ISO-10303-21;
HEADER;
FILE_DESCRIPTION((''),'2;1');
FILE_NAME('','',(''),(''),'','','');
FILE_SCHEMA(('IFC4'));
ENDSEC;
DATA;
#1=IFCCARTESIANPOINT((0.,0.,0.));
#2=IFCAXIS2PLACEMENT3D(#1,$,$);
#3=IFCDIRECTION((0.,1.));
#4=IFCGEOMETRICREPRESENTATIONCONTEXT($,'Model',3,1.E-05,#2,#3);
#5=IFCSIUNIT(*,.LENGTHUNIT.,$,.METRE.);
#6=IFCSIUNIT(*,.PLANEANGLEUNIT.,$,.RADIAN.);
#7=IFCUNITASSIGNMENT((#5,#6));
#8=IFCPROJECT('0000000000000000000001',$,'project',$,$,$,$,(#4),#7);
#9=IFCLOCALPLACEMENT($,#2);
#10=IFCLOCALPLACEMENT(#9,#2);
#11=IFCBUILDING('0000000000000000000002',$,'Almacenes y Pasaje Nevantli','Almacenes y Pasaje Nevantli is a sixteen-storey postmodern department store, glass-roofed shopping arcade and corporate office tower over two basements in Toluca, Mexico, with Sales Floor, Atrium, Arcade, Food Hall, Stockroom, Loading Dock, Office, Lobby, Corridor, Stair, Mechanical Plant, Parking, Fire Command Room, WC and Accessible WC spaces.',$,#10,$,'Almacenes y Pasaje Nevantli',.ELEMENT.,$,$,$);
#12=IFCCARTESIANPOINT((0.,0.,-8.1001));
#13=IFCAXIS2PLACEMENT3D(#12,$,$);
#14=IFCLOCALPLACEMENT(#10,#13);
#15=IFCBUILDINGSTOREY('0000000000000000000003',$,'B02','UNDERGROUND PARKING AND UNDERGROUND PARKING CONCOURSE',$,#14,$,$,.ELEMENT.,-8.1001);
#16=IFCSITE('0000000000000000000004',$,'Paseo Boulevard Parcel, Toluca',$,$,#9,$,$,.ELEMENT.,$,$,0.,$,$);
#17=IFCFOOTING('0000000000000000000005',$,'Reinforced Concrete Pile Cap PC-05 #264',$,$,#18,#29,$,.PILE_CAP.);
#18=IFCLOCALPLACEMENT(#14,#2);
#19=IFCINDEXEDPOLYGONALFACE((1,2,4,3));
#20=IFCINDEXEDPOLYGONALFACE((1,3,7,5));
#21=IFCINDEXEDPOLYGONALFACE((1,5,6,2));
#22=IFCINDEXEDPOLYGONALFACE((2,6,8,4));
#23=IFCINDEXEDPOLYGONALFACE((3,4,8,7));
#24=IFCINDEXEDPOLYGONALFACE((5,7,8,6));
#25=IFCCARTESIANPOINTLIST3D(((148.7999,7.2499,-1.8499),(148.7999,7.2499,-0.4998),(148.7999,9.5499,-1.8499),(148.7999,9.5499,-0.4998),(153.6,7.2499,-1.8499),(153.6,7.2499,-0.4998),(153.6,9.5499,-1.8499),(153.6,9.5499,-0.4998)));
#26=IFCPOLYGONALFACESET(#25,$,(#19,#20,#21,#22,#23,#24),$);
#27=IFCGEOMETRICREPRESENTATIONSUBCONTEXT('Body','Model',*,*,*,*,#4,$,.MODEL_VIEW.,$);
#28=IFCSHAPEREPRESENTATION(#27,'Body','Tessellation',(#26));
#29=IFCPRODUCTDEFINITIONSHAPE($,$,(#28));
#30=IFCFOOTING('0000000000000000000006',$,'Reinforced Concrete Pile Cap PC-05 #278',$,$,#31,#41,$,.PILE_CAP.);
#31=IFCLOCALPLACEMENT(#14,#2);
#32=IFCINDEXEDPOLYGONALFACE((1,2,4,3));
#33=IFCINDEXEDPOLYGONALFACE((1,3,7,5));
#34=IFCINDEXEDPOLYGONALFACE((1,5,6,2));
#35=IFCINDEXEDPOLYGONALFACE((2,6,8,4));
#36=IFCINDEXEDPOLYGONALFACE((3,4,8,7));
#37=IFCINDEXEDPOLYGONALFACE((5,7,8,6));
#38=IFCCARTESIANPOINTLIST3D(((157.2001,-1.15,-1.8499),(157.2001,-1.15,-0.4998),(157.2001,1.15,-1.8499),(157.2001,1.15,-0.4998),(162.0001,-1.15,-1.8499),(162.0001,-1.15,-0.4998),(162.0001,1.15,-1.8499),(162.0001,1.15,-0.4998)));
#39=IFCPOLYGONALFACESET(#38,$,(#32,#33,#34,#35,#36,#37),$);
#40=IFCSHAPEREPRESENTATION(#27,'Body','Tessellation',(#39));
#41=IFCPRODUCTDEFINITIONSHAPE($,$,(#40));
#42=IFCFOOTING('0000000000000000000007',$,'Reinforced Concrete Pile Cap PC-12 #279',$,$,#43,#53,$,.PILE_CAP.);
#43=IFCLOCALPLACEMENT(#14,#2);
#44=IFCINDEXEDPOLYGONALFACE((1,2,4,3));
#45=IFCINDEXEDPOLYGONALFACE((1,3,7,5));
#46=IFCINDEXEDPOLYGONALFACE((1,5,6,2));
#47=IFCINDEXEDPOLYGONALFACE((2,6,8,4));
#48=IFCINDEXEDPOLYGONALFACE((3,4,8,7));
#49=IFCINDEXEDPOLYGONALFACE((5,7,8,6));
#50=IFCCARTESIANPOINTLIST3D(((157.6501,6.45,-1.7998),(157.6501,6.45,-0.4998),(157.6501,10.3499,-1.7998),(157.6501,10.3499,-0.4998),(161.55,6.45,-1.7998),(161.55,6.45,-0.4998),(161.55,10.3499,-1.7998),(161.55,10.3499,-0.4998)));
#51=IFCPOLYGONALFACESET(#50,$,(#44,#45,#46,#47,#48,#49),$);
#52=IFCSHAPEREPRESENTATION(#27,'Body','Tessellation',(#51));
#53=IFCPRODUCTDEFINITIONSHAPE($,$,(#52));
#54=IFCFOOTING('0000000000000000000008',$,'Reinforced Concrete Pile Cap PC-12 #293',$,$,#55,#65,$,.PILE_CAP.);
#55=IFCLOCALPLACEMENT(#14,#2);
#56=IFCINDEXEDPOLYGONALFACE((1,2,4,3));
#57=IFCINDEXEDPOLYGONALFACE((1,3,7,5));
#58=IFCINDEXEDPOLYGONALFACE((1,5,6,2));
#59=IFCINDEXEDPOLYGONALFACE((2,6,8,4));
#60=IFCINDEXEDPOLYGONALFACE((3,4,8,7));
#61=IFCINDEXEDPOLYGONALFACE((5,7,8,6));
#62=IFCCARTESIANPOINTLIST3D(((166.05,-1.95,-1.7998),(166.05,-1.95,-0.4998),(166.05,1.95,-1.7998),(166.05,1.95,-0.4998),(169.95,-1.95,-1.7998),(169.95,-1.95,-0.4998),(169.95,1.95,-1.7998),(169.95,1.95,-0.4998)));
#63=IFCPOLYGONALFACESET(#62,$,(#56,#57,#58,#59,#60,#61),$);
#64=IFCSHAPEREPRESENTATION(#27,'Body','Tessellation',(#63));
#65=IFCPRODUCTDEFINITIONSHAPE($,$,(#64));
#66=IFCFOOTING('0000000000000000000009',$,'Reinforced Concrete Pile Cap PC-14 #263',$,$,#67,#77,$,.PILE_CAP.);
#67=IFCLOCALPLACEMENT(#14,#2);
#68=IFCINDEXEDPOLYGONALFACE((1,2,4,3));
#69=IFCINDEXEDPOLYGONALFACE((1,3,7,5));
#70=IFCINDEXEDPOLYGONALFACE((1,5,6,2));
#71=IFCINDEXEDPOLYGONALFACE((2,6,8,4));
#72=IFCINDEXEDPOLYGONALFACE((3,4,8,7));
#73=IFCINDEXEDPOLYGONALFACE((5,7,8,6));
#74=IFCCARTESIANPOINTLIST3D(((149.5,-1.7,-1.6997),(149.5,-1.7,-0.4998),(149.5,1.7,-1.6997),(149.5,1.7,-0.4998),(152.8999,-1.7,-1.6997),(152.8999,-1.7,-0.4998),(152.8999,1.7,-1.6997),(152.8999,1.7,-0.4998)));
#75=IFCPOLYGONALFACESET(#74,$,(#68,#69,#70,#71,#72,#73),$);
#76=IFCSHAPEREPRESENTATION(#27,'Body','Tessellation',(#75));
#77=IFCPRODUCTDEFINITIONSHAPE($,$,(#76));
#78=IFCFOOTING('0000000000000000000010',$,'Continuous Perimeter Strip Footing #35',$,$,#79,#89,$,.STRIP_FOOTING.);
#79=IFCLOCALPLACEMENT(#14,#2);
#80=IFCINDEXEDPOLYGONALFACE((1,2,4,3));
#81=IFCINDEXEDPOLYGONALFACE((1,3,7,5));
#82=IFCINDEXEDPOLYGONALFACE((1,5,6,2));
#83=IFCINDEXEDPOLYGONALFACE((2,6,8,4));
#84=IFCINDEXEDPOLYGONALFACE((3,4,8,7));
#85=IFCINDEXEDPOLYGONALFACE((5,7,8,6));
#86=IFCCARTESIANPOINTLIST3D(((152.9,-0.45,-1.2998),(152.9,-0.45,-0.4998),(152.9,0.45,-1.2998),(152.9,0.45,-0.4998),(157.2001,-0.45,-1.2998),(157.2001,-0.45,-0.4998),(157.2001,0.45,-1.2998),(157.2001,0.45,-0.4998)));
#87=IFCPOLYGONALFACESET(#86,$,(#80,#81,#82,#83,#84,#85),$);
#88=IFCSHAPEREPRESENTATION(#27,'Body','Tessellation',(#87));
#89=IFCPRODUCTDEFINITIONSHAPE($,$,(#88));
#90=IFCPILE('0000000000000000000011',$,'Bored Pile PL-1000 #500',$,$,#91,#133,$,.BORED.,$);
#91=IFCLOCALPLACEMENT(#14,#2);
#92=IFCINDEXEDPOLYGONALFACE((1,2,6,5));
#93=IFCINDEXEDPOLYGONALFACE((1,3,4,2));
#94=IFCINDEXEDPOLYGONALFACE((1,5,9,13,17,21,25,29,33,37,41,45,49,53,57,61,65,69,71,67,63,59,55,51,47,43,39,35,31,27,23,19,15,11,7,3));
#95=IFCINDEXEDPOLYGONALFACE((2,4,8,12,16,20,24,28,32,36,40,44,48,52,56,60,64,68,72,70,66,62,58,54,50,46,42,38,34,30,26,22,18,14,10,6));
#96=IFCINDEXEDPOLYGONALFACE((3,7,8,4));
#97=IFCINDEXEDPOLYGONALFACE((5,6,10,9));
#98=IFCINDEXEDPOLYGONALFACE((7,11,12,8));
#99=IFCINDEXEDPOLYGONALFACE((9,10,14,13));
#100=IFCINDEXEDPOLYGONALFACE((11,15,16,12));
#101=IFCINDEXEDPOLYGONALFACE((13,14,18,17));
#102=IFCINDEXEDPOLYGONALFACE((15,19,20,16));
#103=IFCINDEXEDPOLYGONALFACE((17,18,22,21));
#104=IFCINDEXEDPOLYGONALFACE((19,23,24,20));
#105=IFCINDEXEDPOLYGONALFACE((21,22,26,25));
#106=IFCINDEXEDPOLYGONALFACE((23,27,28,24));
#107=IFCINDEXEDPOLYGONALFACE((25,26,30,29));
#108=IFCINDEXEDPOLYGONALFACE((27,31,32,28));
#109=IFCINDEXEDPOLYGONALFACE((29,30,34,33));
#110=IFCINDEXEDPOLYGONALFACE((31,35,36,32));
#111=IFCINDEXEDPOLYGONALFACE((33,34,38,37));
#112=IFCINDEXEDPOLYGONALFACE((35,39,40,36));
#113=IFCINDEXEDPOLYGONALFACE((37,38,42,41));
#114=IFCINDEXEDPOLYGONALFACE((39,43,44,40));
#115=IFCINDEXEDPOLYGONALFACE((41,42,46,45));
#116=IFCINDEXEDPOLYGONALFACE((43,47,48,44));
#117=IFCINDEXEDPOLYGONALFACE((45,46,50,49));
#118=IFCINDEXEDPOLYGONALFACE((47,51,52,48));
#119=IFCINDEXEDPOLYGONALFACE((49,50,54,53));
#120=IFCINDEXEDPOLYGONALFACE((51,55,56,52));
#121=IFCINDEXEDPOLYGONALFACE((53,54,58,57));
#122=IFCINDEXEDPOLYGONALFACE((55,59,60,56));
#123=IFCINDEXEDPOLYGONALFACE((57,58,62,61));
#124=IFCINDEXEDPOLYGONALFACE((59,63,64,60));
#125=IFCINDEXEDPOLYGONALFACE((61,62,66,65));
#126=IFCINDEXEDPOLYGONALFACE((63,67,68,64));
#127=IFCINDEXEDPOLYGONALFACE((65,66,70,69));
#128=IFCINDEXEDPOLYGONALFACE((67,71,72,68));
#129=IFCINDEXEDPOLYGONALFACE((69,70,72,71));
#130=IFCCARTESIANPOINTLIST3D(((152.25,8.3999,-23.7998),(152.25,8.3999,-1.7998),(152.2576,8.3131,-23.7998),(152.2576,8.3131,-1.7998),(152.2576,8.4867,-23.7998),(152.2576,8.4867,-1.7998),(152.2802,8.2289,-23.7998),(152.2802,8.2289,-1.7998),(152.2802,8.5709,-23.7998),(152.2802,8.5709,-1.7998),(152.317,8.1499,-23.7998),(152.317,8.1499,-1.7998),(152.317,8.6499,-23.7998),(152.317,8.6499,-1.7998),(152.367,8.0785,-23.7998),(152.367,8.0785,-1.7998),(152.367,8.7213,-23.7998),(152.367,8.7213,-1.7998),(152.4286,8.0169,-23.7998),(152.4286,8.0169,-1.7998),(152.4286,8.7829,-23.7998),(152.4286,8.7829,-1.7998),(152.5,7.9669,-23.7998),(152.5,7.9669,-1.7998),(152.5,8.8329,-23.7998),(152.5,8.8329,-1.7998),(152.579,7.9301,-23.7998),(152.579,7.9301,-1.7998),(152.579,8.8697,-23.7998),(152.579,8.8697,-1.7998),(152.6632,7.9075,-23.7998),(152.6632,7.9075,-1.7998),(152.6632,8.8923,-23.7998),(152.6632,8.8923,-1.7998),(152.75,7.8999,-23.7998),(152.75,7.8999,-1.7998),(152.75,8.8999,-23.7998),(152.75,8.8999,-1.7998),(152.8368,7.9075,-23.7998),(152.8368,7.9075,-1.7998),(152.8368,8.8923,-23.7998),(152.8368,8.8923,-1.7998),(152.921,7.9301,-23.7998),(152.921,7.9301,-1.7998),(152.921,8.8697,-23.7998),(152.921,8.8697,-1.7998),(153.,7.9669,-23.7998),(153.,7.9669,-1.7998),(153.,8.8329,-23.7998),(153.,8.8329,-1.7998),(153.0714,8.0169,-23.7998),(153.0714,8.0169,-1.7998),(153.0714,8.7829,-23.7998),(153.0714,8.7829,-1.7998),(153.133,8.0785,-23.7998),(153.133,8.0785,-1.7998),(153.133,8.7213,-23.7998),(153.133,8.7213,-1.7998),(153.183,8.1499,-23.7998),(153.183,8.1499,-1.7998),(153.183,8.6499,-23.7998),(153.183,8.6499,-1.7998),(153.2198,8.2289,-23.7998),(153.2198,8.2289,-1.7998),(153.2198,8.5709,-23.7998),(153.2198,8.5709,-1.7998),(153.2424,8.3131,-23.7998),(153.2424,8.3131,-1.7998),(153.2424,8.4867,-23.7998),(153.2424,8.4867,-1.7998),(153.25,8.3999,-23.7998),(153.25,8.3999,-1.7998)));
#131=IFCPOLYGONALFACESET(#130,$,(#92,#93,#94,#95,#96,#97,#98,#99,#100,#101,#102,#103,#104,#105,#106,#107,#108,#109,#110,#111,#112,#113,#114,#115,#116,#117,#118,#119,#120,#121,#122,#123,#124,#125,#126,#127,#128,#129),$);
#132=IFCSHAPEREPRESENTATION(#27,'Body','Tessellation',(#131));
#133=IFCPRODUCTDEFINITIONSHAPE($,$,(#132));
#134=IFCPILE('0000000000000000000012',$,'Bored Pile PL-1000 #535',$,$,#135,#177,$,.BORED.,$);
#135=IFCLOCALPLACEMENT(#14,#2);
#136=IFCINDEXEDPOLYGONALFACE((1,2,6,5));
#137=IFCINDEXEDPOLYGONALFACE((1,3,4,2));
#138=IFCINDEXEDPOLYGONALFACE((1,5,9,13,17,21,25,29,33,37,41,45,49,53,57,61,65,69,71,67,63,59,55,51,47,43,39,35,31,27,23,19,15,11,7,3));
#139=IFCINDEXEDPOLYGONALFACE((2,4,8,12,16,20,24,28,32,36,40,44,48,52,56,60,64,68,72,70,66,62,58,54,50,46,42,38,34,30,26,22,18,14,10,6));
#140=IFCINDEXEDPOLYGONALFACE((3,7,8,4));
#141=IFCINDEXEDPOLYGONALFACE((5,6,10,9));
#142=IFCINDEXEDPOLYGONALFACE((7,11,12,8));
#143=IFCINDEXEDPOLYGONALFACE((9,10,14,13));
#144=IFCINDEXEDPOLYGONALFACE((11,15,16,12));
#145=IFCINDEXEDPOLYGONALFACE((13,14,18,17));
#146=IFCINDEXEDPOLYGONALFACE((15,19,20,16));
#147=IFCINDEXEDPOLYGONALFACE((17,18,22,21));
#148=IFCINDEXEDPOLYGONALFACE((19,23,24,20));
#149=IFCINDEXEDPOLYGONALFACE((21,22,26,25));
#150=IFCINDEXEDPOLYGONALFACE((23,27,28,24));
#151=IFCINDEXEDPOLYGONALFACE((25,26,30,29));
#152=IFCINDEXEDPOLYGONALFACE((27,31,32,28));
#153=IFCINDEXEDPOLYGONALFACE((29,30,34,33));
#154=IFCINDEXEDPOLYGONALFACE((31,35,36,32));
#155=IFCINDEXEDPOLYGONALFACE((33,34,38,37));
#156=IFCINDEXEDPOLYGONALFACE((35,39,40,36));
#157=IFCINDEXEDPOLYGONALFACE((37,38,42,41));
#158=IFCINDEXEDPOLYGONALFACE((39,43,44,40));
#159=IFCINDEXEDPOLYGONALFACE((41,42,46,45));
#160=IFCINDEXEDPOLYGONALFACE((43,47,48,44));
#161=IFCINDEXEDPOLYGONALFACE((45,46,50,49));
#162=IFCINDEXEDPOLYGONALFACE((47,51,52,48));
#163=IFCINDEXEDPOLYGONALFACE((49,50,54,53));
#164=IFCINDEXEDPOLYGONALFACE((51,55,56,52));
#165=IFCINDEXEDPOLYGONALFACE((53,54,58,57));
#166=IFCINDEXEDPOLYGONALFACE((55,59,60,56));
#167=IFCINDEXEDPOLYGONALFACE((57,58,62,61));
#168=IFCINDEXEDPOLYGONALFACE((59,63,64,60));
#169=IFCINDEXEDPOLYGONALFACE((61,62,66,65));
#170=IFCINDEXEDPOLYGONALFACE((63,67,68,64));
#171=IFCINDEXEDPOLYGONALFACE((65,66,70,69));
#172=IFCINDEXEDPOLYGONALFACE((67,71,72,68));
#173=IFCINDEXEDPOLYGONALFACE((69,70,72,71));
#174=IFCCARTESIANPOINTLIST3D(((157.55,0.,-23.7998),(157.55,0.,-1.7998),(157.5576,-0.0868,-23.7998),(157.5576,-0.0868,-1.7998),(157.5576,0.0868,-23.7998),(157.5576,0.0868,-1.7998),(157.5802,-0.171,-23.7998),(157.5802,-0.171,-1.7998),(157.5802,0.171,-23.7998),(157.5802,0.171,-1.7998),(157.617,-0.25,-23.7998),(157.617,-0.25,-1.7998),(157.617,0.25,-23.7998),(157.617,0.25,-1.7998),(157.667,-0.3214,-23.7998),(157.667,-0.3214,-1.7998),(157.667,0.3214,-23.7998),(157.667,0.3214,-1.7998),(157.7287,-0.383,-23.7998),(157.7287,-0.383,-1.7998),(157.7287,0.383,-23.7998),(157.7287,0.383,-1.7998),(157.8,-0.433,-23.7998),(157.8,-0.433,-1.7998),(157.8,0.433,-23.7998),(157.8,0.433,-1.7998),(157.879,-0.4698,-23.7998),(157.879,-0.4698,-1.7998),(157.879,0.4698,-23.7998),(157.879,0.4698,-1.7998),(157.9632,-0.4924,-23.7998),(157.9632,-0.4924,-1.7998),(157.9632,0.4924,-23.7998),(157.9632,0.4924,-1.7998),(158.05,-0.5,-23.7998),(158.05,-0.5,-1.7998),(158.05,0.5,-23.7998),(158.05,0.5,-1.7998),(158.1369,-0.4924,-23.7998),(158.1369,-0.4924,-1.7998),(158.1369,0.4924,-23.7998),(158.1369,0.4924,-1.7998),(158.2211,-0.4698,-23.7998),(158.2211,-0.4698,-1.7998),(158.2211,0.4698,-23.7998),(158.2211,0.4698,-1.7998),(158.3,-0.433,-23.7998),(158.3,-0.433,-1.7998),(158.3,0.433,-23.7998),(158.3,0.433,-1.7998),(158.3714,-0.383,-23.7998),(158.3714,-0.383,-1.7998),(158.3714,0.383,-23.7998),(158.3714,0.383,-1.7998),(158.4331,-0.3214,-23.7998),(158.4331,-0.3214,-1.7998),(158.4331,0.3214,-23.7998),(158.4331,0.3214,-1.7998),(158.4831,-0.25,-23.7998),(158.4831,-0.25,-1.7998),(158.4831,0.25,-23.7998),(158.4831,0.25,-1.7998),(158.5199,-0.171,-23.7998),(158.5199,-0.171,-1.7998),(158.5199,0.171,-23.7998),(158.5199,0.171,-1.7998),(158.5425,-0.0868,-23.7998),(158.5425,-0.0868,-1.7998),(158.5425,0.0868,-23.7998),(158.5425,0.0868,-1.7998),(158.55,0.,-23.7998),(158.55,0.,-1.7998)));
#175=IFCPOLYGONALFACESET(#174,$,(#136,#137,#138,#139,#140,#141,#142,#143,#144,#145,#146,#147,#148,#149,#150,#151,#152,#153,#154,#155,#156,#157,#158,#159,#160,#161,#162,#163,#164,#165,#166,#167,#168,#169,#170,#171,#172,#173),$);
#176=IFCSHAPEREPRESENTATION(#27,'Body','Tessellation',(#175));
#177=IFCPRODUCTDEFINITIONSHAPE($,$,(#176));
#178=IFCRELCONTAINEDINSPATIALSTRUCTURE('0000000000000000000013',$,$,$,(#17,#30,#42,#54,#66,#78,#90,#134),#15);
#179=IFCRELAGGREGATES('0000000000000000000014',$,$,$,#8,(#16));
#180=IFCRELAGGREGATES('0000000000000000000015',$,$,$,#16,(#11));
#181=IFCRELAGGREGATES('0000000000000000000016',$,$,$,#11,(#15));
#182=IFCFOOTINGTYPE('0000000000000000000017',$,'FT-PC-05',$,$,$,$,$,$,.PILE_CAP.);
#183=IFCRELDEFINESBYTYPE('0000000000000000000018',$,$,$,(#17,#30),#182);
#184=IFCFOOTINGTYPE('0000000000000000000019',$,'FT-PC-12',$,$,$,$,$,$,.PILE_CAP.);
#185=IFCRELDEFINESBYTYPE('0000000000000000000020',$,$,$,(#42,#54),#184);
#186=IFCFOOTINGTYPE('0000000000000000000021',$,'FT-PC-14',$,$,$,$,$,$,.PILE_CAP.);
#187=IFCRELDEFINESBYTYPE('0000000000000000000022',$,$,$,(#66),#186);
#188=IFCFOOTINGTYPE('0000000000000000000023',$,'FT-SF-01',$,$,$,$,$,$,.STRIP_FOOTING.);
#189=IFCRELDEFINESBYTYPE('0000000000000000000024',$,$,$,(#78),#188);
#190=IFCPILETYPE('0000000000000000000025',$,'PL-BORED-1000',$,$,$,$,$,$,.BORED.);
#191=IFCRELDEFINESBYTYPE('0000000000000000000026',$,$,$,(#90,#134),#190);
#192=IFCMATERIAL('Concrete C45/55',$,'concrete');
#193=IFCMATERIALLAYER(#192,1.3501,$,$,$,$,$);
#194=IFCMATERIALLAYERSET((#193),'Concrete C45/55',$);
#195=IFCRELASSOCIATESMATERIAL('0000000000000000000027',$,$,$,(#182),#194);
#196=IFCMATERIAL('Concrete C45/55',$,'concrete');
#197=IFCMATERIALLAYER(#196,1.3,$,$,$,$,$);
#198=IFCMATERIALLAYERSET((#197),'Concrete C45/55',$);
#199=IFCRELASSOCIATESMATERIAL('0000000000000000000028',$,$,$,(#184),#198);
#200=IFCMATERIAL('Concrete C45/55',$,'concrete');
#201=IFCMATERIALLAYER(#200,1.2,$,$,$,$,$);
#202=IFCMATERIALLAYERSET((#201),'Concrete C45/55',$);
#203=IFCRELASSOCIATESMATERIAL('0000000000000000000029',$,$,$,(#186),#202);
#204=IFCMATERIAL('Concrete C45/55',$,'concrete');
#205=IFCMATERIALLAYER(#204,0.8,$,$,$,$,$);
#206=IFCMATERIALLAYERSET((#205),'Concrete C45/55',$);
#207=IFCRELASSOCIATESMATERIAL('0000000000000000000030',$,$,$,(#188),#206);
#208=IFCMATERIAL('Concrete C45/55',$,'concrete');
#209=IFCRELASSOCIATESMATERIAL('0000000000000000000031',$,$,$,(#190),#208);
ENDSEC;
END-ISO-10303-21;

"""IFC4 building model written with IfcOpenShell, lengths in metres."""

from ifc_helpers import new_model, si_unit, direction, frame, origin, origin_2d, place, context, subcontext, project, spatial, rectangle, circle, extrude, material, layer, layer_set, material_profile, profile_set, type_object, element, save


model = new_model("IFC4")

# Units and contexts
model_context = context("Model", 3, precision=1e-05, world=origin(), true_north=direction((0.0, 1.0)))
body_context = subcontext(model_context, "Body", "Model", "MODEL_VIEW")
ifc_project = project(units=[si_unit("LENGTHUNIT", "METRE"), si_unit("PLANEANGLEUNIT", "RADIAN")], contexts=[model_context])

# Site, building, storey
site_placement = place(None, origin())
site = spatial("IfcSite", under=ifc_project, at=site_placement, Name="Paseo Boulevard Parcel, Toluca", CompositionType="ELEMENT", RefElevation=0.0)
building_placement = place(site_placement, origin())
building = spatial("IfcBuilding", under=site, at=building_placement, Name="Almacenes y Pasaje Nevantli", Description="Almacenes y Pasaje Nevantli is a sixteen-storey postmodern department store, glass-roofed shopping arcade and corporate office tower over two basements in Toluca, Mexico, with Sales Floor, Atrium, Arcade, Food Hall, Stockroom, Loading Dock, Office, Lobby, Corridor, Stair, Mechanical Plant, Parking, Fire Command Room, WC and Accessible WC spaces.", LongName="Almacenes y Pasaje Nevantli", CompositionType="ELEMENT")
storey_placement = place(building_placement, frame((0.0, 0.0, -8.1001)))
storey = spatial("IfcBuildingStorey", under=building, at=storey_placement, Name="B02", Description="UNDERGROUND PARKING AND UNDERGROUND PARKING CONCOURSE", CompositionType="ELEMENT", Elevation=-8.1001)

# Footings
ifc_material_1 = material(Name="Concrete C45/55", Category="concrete")
ifc_layer_1 = layer(ifc_material_1, 1.3501)
ifc_layer_set_1 = layer_set([ifc_layer_1], Name="Concrete C45/55")
footing_type_1 = type_object("IfcFootingType", Name="FT-PC-05", PredefinedType="PILE_CAP", material=ifc_layer_set_1)
for number, where, z_axis, x_axis, name in (
    (1, (151.2, 8.3999, -1.8499), (0.0, 0.0, 1.0), (1.0, 0.0, 0.0), "Reinforced Concrete Pile Cap PC-05 #264"),
    (2, (159.6001, 0.0, -1.8499), (0.0, 0.0, 1.0), (1.0, 0.0, 0.0), "Reinforced Concrete Pile Cap PC-05 #278"),
):
    element("IfcFooting", number, at=place(storey_placement, frame(where, z_axis=z_axis, x_axis=x_axis)), inside=storey, type_object=footing_type_1, Name=name, PredefinedType="PILE_CAP", context=body_context, shape_type="SweptSolid", body=[
        extrude(rectangle(XDim=4.8, YDim=2.3, at=origin_2d()), origin(), (0.0, 0.0, 1.0), 1.3501),
    ])
ifc_material_2 = material(Name="Concrete C45/55", Category="concrete")
ifc_layer_2 = layer(ifc_material_2, 1.3)
ifc_layer_set_2 = layer_set([ifc_layer_2], Name="Concrete C45/55")
footing_type_2 = type_object("IfcFootingType", Name="FT-PC-12", PredefinedType="PILE_CAP", material=ifc_layer_set_2)
for number, where, z_axis, x_axis, name in (
    (3, (159.6001, 8.3999, -1.7998), (0.0, 0.0, 1.0), (1.0, 0.0, 0.0), "Reinforced Concrete Pile Cap PC-12 #279"),
    (4, (168.0, 0.0, -1.7998), (0.0, 0.0, 1.0), (1.0, 0.0, 0.0), "Reinforced Concrete Pile Cap PC-12 #293"),
):
    element("IfcFooting", number, at=place(storey_placement, frame(where, z_axis=z_axis, x_axis=x_axis)), inside=storey, type_object=footing_type_2, Name=name, PredefinedType="PILE_CAP", context=body_context, shape_type="SweptSolid", body=[
        extrude(rectangle(XDim=3.8999, YDim=3.8999, at=origin_2d()), origin(), (0.0, 0.0, 1.0), 1.3),
    ])
ifc_material_3 = material(Name="Concrete C45/55", Category="concrete")
ifc_layer_3 = layer(ifc_material_3, 1.2)
ifc_layer_set_3 = layer_set([ifc_layer_3], Name="Concrete C45/55")
footing_type_3 = type_object("IfcFootingType", Name="FT-PC-14", PredefinedType="PILE_CAP", material=ifc_layer_set_3)
footing_1_placement = place(storey_placement, frame((151.2, 0.0, -1.6997), z_axis=(0.0, 0.0, 1.0), x_axis=(1.0, 0.0, 0.0)))
element("IfcFooting", 5, at=footing_1_placement, inside=storey, type_object=footing_type_3, Name="Reinforced Concrete Pile Cap PC-14 #263", PredefinedType="PILE_CAP", context=body_context, shape_type="SweptSolid", body=[
    extrude(rectangle(XDim=3.3999, YDim=3.3999, at=origin_2d()), origin(), (0.0, 0.0, 1.0), 1.2),
])
ifc_material_4 = material(Name="Concrete C45/55", Category="concrete")
ifc_layer_4 = layer(ifc_material_4, 0.8)
ifc_layer_set_4 = layer_set([ifc_layer_4], Name="Concrete C45/55")
footing_type_4 = type_object("IfcFootingType", Name="FT-SF-01", PredefinedType="STRIP_FOOTING", material=ifc_layer_set_4)
footing_2_placement = place(storey_placement, frame((155.05, 0.0, -1.2998), z_axis=(0.0, 0.0, 1.0), x_axis=(1.0, 0.0, 0.0)))
element("IfcFooting", 6, at=footing_2_placement, inside=storey, type_object=footing_type_4, Name="Continuous Perimeter Strip Footing #35", PredefinedType="STRIP_FOOTING", context=body_context, shape_type="SweptSolid", body=[
    extrude(rectangle(XDim=4.3, YDim=0.8999, at=origin_2d()), origin(), (0.0, 0.0, 1.0), 0.8),
])

# Piles
ifc_material_5 = material(Name="Concrete C45/55", Category="concrete")
ifc_material_profile_1 = material_profile(ifc_material_5, circle(Radius=0.5, at=origin_2d()), Name="RC-PILE-D1000")
ifc_profile_set_1 = profile_set([ifc_material_profile_1], Name="Concrete C45/55")
pile_type_1 = type_object("IfcPileType", Name="PL-BORED-1000", PredefinedType="BORED", material=ifc_profile_set_1)
for number, where, z_axis, x_axis, name in (
    (7, (152.75, 8.3999, -1.7998), (0.0, 0.0, -1.0), (1.0, 0.0, 0.0), "Bored Pile PL-1000 #500"),
    (8, (158.05, 0.0, -1.7998), (0.0, 0.0, -1.0), (1.0, 0.0, 0.0), "Bored Pile PL-1000 #535"),
):
    element("IfcPile", number, at=place(storey_placement, frame(where, z_axis=z_axis, x_axis=x_axis)), inside=storey, type_object=pile_type_1, Name=name, PredefinedType="BORED", context=body_context, shape_type="SweptSolid", body=[
        extrude(circle(Radius=0.5, at=origin_2d()), origin(), (0.0, 0.0, 1.0), 22.0),
    ])

save(model, "model.ifc")
